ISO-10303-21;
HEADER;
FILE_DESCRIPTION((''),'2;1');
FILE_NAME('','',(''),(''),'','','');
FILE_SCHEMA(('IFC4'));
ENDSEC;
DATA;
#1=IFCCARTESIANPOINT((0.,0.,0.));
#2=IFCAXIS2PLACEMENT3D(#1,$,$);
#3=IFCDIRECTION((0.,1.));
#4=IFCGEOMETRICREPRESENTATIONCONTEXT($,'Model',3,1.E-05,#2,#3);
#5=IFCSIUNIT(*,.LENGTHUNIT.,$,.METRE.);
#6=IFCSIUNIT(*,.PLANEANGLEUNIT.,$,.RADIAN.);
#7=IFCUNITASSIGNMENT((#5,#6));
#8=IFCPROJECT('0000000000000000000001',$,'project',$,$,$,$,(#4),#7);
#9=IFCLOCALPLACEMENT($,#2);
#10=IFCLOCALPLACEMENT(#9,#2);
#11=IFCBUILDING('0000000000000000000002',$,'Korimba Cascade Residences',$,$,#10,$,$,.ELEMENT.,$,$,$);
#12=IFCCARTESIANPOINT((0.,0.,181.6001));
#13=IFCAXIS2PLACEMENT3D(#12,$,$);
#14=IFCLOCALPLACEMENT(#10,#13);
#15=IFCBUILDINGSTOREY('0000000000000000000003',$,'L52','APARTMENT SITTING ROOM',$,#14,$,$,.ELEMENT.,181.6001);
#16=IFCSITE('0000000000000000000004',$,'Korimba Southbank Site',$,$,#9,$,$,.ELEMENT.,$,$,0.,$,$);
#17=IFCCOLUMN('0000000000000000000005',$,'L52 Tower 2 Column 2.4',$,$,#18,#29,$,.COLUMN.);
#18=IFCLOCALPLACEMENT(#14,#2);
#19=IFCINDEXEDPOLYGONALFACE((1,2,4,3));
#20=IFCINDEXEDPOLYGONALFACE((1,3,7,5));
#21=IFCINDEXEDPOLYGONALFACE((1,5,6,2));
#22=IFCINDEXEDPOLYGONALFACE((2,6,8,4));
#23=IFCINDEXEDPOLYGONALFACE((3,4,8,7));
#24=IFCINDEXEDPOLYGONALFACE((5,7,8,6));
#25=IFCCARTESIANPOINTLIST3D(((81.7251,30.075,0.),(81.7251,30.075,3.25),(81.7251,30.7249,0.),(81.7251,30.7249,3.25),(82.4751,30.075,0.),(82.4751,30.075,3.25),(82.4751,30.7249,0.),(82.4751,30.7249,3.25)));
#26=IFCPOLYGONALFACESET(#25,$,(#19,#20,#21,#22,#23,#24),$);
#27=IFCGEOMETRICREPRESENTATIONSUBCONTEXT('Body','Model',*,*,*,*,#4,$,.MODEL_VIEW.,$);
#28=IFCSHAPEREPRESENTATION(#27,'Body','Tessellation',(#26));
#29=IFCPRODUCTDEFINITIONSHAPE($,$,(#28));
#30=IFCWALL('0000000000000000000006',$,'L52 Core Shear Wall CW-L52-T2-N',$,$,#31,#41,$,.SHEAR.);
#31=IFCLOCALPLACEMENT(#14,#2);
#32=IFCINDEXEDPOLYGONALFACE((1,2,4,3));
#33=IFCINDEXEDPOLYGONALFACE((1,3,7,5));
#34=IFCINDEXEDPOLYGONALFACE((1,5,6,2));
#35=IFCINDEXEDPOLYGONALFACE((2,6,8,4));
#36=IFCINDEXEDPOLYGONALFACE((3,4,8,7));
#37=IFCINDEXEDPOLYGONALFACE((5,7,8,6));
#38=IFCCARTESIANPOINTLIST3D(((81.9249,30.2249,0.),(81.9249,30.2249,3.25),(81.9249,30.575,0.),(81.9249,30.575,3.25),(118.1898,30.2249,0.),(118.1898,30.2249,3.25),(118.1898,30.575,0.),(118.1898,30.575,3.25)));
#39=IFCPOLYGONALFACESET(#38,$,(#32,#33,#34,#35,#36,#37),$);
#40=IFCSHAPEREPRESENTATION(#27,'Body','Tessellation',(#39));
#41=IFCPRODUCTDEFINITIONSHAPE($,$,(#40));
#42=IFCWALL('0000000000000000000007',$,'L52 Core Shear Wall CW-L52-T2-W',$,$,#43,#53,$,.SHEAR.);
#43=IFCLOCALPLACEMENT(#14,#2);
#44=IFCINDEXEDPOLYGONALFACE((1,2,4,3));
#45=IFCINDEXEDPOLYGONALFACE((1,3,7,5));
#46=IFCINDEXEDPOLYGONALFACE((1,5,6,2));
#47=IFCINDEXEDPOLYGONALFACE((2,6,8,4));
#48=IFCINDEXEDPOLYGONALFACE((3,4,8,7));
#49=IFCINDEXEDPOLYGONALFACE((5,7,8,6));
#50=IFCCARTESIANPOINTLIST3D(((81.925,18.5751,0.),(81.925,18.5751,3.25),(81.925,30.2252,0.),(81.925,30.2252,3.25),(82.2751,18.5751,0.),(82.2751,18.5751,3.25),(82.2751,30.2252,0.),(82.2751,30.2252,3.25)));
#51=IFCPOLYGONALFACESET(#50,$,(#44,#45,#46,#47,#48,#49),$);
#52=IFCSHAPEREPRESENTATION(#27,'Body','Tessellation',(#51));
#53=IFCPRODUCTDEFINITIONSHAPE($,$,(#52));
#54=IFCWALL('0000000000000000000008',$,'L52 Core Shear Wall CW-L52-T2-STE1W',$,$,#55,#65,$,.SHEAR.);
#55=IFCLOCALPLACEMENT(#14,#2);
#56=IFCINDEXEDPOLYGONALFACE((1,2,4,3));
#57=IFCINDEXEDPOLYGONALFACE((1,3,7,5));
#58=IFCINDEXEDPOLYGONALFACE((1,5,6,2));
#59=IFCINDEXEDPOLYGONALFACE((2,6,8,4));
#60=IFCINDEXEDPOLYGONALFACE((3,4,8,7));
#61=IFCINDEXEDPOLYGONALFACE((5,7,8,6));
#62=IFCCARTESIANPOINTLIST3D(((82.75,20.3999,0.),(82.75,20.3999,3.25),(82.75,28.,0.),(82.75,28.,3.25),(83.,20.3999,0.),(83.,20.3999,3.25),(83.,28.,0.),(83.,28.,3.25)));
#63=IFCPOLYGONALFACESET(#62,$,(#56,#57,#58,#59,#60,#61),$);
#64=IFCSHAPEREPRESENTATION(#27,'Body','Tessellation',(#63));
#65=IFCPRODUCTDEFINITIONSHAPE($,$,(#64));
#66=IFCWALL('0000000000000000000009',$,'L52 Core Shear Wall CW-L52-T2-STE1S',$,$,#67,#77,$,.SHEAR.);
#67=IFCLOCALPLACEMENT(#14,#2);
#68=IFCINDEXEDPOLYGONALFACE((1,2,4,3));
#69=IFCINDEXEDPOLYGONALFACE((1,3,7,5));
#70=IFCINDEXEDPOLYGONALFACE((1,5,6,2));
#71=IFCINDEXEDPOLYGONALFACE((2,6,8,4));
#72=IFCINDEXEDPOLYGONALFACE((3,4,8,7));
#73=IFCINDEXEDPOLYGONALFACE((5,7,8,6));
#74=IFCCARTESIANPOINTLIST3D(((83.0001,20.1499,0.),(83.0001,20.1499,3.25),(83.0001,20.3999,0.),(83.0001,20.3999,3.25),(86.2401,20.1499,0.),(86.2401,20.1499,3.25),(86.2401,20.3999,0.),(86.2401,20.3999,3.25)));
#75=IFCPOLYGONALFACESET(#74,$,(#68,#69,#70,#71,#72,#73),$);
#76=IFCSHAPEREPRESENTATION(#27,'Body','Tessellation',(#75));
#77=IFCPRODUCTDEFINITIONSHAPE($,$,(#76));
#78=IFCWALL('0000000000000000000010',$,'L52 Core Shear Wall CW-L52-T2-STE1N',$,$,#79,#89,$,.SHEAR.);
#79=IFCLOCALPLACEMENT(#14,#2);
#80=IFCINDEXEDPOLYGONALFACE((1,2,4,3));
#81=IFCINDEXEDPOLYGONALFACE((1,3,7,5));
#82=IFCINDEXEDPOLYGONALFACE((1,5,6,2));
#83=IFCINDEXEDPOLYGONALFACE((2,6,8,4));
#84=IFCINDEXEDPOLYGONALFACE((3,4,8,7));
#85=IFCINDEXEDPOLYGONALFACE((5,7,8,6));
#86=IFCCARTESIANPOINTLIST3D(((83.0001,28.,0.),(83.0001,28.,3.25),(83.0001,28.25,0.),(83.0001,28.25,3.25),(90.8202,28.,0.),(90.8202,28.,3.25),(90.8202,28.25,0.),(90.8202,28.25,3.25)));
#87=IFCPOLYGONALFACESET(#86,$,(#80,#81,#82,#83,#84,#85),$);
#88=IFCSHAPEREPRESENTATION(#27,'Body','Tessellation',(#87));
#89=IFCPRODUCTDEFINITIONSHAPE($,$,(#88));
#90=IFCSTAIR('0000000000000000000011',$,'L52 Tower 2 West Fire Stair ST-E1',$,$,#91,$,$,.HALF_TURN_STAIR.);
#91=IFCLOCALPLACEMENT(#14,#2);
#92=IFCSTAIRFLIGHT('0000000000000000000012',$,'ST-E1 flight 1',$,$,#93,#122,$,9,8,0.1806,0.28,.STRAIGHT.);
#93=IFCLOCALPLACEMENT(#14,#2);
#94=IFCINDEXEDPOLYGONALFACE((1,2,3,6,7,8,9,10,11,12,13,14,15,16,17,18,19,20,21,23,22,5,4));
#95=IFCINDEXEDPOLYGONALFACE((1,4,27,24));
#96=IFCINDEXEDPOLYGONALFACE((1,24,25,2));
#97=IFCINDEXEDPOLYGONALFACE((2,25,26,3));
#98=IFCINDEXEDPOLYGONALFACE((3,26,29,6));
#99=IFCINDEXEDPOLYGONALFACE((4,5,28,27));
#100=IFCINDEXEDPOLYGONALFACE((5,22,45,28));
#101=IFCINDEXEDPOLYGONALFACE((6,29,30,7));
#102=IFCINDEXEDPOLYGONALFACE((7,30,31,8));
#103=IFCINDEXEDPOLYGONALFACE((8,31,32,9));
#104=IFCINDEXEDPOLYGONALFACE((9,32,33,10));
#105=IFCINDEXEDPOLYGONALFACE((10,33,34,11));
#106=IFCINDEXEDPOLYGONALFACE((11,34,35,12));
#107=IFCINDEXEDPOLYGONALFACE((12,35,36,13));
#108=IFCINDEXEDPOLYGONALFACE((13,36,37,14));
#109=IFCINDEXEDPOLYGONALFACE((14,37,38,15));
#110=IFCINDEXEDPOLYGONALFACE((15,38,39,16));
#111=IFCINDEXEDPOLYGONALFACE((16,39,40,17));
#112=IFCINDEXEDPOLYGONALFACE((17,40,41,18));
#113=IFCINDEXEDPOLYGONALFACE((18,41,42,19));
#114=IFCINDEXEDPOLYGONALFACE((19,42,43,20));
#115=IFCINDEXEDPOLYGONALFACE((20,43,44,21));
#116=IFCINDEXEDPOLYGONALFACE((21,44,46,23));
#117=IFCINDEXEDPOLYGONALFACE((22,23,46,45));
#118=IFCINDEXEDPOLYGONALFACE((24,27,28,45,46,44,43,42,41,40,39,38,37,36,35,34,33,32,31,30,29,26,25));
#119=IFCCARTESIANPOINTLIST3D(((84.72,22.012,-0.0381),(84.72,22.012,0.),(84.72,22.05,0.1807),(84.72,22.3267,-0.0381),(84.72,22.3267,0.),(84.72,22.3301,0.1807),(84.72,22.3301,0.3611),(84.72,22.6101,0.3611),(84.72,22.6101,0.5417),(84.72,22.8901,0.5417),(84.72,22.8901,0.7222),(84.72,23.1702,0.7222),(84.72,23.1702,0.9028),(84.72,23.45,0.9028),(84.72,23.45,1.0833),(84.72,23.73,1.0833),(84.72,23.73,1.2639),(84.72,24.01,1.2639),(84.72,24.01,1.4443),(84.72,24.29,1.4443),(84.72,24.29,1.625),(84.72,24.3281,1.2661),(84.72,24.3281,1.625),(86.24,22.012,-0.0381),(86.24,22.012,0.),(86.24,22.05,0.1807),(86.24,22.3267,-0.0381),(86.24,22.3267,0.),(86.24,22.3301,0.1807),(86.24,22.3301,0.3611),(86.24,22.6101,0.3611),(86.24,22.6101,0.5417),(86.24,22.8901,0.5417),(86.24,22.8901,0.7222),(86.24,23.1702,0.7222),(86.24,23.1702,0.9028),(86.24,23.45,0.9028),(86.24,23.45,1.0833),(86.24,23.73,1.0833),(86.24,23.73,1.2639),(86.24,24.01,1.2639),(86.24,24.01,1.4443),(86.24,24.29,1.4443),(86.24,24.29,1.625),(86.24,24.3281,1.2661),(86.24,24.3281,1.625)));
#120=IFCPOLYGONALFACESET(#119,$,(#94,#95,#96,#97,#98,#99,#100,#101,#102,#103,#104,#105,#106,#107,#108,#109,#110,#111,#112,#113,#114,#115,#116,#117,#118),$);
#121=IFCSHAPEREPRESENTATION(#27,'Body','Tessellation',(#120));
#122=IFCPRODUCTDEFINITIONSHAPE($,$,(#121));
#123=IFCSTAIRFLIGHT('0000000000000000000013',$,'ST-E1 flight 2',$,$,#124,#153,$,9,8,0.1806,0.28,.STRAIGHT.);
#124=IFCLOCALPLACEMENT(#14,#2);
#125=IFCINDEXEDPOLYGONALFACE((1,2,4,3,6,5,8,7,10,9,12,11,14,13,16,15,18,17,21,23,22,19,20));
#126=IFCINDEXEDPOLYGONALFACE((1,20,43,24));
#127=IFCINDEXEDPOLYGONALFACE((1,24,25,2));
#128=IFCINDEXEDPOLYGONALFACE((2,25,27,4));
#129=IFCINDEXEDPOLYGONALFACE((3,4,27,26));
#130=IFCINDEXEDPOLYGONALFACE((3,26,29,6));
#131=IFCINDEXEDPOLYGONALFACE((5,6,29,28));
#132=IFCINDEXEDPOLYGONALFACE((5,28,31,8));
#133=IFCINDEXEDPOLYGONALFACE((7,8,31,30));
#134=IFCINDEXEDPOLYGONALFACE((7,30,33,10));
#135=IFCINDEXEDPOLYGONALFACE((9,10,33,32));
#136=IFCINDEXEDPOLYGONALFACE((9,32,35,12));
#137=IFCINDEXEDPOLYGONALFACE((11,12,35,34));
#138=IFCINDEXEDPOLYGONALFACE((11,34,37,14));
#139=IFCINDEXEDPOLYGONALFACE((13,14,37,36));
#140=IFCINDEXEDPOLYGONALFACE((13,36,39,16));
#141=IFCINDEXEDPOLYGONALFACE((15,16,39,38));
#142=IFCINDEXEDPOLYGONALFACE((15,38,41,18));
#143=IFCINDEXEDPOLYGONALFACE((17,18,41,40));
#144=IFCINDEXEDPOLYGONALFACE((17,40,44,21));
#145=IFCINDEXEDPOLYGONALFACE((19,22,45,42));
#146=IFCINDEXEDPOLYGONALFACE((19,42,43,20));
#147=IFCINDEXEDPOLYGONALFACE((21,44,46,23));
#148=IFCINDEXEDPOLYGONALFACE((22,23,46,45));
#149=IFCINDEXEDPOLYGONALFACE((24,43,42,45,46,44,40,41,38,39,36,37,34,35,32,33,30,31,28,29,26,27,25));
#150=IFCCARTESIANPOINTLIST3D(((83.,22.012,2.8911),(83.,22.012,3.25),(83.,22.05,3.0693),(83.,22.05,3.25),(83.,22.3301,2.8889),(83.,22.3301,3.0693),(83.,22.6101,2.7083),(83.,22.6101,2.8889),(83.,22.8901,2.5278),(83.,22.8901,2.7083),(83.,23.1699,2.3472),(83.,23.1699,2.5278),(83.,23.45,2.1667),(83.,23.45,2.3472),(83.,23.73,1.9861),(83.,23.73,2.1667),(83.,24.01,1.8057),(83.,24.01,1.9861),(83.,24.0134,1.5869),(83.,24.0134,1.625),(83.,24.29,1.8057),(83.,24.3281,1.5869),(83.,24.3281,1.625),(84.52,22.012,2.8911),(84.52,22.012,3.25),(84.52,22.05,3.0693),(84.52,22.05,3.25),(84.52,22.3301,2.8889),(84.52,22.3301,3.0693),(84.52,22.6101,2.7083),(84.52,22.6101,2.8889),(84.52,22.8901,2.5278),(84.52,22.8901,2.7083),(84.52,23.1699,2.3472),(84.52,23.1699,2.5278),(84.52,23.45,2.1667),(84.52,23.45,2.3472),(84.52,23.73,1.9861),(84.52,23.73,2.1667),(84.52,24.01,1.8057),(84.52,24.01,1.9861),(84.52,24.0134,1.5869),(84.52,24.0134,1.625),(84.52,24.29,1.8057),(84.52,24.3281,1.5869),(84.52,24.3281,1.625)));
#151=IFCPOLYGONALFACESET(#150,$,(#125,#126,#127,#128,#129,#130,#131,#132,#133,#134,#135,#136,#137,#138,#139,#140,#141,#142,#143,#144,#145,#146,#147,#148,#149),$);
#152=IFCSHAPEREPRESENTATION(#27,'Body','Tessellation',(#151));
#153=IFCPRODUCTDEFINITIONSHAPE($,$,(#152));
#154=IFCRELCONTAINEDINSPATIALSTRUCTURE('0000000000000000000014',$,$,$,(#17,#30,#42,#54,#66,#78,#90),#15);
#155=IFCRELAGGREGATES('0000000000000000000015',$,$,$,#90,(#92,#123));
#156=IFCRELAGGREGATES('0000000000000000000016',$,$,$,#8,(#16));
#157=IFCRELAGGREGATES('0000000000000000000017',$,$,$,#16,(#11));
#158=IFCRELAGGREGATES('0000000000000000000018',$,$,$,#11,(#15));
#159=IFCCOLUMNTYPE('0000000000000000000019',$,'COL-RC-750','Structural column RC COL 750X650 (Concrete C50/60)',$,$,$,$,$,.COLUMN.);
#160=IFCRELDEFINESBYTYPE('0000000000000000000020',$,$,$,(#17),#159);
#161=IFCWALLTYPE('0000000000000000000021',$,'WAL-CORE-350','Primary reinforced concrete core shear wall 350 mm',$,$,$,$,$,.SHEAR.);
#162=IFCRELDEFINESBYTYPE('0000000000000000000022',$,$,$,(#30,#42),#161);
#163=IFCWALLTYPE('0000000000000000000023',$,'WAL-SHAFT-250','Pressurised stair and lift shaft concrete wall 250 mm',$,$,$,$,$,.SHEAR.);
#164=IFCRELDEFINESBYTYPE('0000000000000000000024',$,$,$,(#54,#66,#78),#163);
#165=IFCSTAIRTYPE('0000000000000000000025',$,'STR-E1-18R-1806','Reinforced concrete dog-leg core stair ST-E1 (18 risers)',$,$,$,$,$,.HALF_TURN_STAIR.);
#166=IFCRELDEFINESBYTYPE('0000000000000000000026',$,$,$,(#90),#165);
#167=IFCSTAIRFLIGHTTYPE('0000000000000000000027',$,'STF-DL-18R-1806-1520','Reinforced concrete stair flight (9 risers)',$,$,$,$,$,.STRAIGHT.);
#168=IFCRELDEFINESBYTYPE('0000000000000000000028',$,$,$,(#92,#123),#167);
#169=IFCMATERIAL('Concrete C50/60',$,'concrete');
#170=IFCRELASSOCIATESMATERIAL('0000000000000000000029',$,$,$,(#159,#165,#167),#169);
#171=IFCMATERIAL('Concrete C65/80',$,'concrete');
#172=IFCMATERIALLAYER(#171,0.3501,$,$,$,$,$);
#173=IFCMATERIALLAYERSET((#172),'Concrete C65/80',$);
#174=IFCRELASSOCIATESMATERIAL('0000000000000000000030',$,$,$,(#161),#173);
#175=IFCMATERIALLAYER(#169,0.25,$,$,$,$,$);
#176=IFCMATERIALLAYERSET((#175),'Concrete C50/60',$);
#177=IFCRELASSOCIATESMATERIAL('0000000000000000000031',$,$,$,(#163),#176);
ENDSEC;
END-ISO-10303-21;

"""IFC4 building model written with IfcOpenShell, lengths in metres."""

from ifc_helpers import new_model, si_unit, direction, frame, frame_2d, origin, origin_2d, place, context, subcontext, project, spatial, polyline, rectangle, outline, extrude, material, layer, layer_set, material_profile, profile_set, type_object, element, aggregate, save


model = new_model("IFC4")

# Units and contexts
model_context = context("Model", 3, precision=1e-05, world=origin(), true_north=direction((0.0, 1.0)))
body_context = subcontext(model_context, "Body", "Model", "MODEL_VIEW")
ifc_project = project(units=[si_unit("LENGTHUNIT", "METRE"), si_unit("PLANEANGLEUNIT", "RADIAN")], contexts=[model_context])

# Site, building, storey
site_placement = place(None, origin())
site = spatial("IfcSite", under=ifc_project, at=site_placement, Name="Korimba Southbank Site", CompositionType="ELEMENT", RefElevation=0.0)
building_placement = place(site_placement, origin())
building = spatial("IfcBuilding", under=site, at=building_placement, Name="Korimba Cascade Residences", CompositionType="ELEMENT")
storey_placement = place(building_placement, frame((0.0, 0.0, 181.6001)))
storey = spatial("IfcBuildingStorey", under=building, at=storey_placement, Name="L52", Description="APARTMENT SITTING ROOM", CompositionType="ELEMENT", Elevation=181.6001)

# Column
ifc_material_1 = material(Name="Concrete C50/60", Category="concrete")
ifc_material_profile = material_profile(ifc_material_1, rectangle(XDim=0.75, YDim=0.6499, at=origin_2d()), Name="Concrete C50/60")
ifc_profile_set = profile_set([ifc_material_profile], Name="Concrete C50/60")
column_type = type_object("IfcColumnType", Name="COL-RC-750", Description="Structural column RC COL 750X650 (Concrete C50/60)", PredefinedType="COLUMN", material=ifc_profile_set)
column_placement = place(storey_placement, frame((82.1001, 30.3999, 0.0), z_axis=(0.0, 0.0, 1.0), x_axis=(1.0, 0.0, 0.0)))
element("IfcColumn", 1, at=column_placement, inside=storey, type_object=column_type, Name="L52 Tower 2 Column 2.4", PredefinedType="COLUMN", context=body_context, shape_type="SweptSolid", body=[
    extrude(rectangle(XDim=0.75, YDim=0.6499, at=origin_2d()), origin(), (0.0, 0.0, 1.0), 3.25),
])

# Walls
ifc_material_2 = material(Name="Concrete C65/80", Category="concrete")
ifc_layer_1 = layer(ifc_material_2, 0.3501)
ifc_layer_set_1 = layer_set([ifc_layer_1], Name="Concrete C65/80")
wall_type_1 = type_object("IfcWallType", Name="WAL-CORE-350", Description="Primary reinforced concrete core shear wall 350 mm", PredefinedType="SHEAR", material=ifc_layer_set_1)
wall_1_placement = place(storey_placement, frame((81.925, 30.3999, 0.0), z_axis=(0.0, 0.0, 1.0), x_axis=(1.0, 0.0, 0.0)))
element("IfcWall", 2, at=wall_1_placement, inside=storey, type_object=wall_type_1, Name="L52 Core Shear Wall CW-L52-T2-N", PredefinedType="SHEAR", context=body_context, shape_type="SweptSolid", body=[
    extrude(rectangle(XDim=36.2649, YDim=0.3501, at=frame_2d((18.1323, 0.0))), origin(), (0.0, 0.0, 1.0), 3.25),
])
wall_2_placement = place(storey_placement, frame((82.1001, 18.575, 0.0), z_axis=(0.0, 0.0, 1.0), x_axis=(0.0, 1.0, 0.0)))
element("IfcWall", 3, at=wall_2_placement, inside=storey, type_object=wall_type_1, Name="L52 Core Shear Wall CW-L52-T2-W", PredefinedType="SHEAR", context=body_context, shape_type="SweptSolid", body=[
    extrude(rectangle(XDim=11.6501, YDim=0.3501, at=frame_2d((5.8252, 0.0))), origin(), (0.0, 0.0, 1.0), 3.25),
])
ifc_layer_2 = layer(ifc_material_1, 0.25)
ifc_layer_set_2 = layer_set([ifc_layer_2], Name="Concrete C50/60")
wall_type_2 = type_object("IfcWallType", Name="WAL-SHAFT-250", Description="Pressurised stair and lift shaft concrete wall 250 mm", PredefinedType="SHEAR", material=ifc_layer_set_2)
wall_3_placement = place(storey_placement, frame((82.875, 20.3999, 0.0), z_axis=(0.0, 0.0, 1.0), x_axis=(0.0, 1.0, 0.0)))
element("IfcWall", 4, at=wall_3_placement, inside=storey, type_object=wall_type_2, Name="L52 Core Shear Wall CW-L52-T2-STE1W", PredefinedType="SHEAR", context=body_context, shape_type="SweptSolid", body=[
    extrude(rectangle(XDim=7.6001, YDim=0.25, at=frame_2d((3.8, 0.0))), origin(), (0.0, 0.0, 1.0), 3.25),
])
wall_4_placement = place(storey_placement, frame((83.0, 20.2749, 0.0), z_axis=(0.0, 0.0, 1.0), x_axis=(1.0, 0.0, 0.0)))
element("IfcWall", 5, at=wall_4_placement, inside=storey, type_object=wall_type_2, Name="L52 Core Shear Wall CW-L52-T2-STE1S", PredefinedType="SHEAR", context=body_context, shape_type="SweptSolid", body=[
    extrude(rectangle(XDim=3.24, YDim=0.25, at=frame_2d((1.6201, 0.0))), origin(), (0.0, 0.0, 1.0), 3.25),
])
wall_5_placement = place(storey_placement, frame((83.0, 28.125, 0.0), z_axis=(0.0, 0.0, 1.0), x_axis=(1.0, 0.0, 0.0)))
element("IfcWall", 6, at=wall_5_placement, inside=storey, type_object=wall_type_2, Name="L52 Core Shear Wall CW-L52-T2-STE1N", PredefinedType="SHEAR", context=body_context, shape_type="SweptSolid", body=[
    extrude(rectangle(XDim=7.8201, YDim=0.25, at=frame_2d((3.9102, 0.0))), origin(), (0.0, 0.0, 1.0), 3.25),
])

# Stair, stair flights
stair_type = type_object("IfcStairType", Name="STR-E1-18R-1806", Description="Reinforced concrete dog-leg core stair ST-E1 (18 risers)", PredefinedType="HALF_TURN_STAIR", material=ifc_material_1)
stair_placement = place(storey_placement, origin())
stair = element("IfcStair", 7, at=stair_placement, inside=storey, type_object=stair_type, Name="L52 Tower 2 West Fire Stair ST-E1", PredefinedType="HALF_TURN_STAIR")
stair_flight_type = type_object("IfcStairFlightType", Name="STF-DL-18R-1806-1520", Description="Reinforced concrete stair flight (9 risers)", PredefinedType="STRAIGHT", material=ifc_material_1)
stair_flight_1_placement = place(storey_placement, frame((85.48, 22.05, 0.0), z_axis=(0.0, 0.0, 1.0), x_axis=(0.0, 1.0, 0.0)))
stair_flight_1 = element("IfcStairFlight", 8, at=stair_flight_1_placement, type_object=stair_flight_type, Name="ST-E1 flight 1", NumberOfRisers=9, NumberOfTreads=8, PredefinedType="STRAIGHT", RiserHeight=0.1806, TreadLength=0.28, context=body_context, shape_type="SweptSolid", body=[
    extrude(outline(polyline([(-0.0381, 0.0), (0.0, 0.1807), (0.28, 0.1807), (0.28, 0.3611), (0.5601, 0.3611), (0.5601, 0.5417), (0.8401, 0.5417), (0.8401, 0.7222), (1.1201, 0.7222), (1.1201, 0.9028), (1.3999, 0.9028), (1.3999, 1.0833), (1.6799, 1.0833), (1.6799, 1.2639), (1.96, 1.2639), (1.96, 1.4443), (2.24, 1.4443), (2.24, 1.625), (2.2781, 1.625), (2.2781, 1.2661), (0.2766, 0.0), (0.2766, -0.0381), (-0.0381, -0.0381), (-0.0381, 0.0)])), frame((0.0, 0.76, 0.0), z_axis=(0.0, -1.0, 0.0), x_axis=(1.0, 0.0, 0.0)), (0.0, 0.0, 1.0), 1.52),
])
stair_flight_2_placement = place(storey_placement, frame((83.76, 24.29, 1.625), z_axis=(0.0, 0.0, 1.0), x_axis=(0.0, -1.0, 0.0)))
stair_flight_2 = element("IfcStairFlight", 9, at=stair_flight_2_placement, type_object=stair_flight_type, Name="ST-E1 flight 2", NumberOfRisers=9, NumberOfTreads=8, PredefinedType="STRAIGHT", RiserHeight=0.1806, TreadLength=0.28, context=body_context, shape_type="SweptSolid", body=[
    extrude(outline(polyline([(-0.0381, 0.0), (0.0, 0.1807), (0.28, 0.1807), (0.28, 0.3611), (0.5601, 0.3611), (0.5601, 0.5417), (0.8401, 0.5417), (0.8401, 0.7222), (1.1201, 0.7222), (1.1201, 0.9028), (1.3999, 0.9028), (1.3999, 1.0833), (1.6799, 1.0833), (1.6799, 1.2639), (1.96, 1.2639), (1.96, 1.4443), (2.24, 1.4443), (2.24, 1.625), (2.2781, 1.625), (2.2781, 1.2661), (0.2766, 0.0), (0.2766, -0.0381), (-0.0381, -0.0381), (-0.0381, 0.0)])), frame((0.0, 0.76, 0.0), z_axis=(0.0, -1.0, 0.0), x_axis=(1.0, 0.0, 0.0)), (0.0, 0.0, 1.0), 1.52),
])
aggregate(stair, [stair_flight_1, stair_flight_2])

save(model, "model.ifc")
